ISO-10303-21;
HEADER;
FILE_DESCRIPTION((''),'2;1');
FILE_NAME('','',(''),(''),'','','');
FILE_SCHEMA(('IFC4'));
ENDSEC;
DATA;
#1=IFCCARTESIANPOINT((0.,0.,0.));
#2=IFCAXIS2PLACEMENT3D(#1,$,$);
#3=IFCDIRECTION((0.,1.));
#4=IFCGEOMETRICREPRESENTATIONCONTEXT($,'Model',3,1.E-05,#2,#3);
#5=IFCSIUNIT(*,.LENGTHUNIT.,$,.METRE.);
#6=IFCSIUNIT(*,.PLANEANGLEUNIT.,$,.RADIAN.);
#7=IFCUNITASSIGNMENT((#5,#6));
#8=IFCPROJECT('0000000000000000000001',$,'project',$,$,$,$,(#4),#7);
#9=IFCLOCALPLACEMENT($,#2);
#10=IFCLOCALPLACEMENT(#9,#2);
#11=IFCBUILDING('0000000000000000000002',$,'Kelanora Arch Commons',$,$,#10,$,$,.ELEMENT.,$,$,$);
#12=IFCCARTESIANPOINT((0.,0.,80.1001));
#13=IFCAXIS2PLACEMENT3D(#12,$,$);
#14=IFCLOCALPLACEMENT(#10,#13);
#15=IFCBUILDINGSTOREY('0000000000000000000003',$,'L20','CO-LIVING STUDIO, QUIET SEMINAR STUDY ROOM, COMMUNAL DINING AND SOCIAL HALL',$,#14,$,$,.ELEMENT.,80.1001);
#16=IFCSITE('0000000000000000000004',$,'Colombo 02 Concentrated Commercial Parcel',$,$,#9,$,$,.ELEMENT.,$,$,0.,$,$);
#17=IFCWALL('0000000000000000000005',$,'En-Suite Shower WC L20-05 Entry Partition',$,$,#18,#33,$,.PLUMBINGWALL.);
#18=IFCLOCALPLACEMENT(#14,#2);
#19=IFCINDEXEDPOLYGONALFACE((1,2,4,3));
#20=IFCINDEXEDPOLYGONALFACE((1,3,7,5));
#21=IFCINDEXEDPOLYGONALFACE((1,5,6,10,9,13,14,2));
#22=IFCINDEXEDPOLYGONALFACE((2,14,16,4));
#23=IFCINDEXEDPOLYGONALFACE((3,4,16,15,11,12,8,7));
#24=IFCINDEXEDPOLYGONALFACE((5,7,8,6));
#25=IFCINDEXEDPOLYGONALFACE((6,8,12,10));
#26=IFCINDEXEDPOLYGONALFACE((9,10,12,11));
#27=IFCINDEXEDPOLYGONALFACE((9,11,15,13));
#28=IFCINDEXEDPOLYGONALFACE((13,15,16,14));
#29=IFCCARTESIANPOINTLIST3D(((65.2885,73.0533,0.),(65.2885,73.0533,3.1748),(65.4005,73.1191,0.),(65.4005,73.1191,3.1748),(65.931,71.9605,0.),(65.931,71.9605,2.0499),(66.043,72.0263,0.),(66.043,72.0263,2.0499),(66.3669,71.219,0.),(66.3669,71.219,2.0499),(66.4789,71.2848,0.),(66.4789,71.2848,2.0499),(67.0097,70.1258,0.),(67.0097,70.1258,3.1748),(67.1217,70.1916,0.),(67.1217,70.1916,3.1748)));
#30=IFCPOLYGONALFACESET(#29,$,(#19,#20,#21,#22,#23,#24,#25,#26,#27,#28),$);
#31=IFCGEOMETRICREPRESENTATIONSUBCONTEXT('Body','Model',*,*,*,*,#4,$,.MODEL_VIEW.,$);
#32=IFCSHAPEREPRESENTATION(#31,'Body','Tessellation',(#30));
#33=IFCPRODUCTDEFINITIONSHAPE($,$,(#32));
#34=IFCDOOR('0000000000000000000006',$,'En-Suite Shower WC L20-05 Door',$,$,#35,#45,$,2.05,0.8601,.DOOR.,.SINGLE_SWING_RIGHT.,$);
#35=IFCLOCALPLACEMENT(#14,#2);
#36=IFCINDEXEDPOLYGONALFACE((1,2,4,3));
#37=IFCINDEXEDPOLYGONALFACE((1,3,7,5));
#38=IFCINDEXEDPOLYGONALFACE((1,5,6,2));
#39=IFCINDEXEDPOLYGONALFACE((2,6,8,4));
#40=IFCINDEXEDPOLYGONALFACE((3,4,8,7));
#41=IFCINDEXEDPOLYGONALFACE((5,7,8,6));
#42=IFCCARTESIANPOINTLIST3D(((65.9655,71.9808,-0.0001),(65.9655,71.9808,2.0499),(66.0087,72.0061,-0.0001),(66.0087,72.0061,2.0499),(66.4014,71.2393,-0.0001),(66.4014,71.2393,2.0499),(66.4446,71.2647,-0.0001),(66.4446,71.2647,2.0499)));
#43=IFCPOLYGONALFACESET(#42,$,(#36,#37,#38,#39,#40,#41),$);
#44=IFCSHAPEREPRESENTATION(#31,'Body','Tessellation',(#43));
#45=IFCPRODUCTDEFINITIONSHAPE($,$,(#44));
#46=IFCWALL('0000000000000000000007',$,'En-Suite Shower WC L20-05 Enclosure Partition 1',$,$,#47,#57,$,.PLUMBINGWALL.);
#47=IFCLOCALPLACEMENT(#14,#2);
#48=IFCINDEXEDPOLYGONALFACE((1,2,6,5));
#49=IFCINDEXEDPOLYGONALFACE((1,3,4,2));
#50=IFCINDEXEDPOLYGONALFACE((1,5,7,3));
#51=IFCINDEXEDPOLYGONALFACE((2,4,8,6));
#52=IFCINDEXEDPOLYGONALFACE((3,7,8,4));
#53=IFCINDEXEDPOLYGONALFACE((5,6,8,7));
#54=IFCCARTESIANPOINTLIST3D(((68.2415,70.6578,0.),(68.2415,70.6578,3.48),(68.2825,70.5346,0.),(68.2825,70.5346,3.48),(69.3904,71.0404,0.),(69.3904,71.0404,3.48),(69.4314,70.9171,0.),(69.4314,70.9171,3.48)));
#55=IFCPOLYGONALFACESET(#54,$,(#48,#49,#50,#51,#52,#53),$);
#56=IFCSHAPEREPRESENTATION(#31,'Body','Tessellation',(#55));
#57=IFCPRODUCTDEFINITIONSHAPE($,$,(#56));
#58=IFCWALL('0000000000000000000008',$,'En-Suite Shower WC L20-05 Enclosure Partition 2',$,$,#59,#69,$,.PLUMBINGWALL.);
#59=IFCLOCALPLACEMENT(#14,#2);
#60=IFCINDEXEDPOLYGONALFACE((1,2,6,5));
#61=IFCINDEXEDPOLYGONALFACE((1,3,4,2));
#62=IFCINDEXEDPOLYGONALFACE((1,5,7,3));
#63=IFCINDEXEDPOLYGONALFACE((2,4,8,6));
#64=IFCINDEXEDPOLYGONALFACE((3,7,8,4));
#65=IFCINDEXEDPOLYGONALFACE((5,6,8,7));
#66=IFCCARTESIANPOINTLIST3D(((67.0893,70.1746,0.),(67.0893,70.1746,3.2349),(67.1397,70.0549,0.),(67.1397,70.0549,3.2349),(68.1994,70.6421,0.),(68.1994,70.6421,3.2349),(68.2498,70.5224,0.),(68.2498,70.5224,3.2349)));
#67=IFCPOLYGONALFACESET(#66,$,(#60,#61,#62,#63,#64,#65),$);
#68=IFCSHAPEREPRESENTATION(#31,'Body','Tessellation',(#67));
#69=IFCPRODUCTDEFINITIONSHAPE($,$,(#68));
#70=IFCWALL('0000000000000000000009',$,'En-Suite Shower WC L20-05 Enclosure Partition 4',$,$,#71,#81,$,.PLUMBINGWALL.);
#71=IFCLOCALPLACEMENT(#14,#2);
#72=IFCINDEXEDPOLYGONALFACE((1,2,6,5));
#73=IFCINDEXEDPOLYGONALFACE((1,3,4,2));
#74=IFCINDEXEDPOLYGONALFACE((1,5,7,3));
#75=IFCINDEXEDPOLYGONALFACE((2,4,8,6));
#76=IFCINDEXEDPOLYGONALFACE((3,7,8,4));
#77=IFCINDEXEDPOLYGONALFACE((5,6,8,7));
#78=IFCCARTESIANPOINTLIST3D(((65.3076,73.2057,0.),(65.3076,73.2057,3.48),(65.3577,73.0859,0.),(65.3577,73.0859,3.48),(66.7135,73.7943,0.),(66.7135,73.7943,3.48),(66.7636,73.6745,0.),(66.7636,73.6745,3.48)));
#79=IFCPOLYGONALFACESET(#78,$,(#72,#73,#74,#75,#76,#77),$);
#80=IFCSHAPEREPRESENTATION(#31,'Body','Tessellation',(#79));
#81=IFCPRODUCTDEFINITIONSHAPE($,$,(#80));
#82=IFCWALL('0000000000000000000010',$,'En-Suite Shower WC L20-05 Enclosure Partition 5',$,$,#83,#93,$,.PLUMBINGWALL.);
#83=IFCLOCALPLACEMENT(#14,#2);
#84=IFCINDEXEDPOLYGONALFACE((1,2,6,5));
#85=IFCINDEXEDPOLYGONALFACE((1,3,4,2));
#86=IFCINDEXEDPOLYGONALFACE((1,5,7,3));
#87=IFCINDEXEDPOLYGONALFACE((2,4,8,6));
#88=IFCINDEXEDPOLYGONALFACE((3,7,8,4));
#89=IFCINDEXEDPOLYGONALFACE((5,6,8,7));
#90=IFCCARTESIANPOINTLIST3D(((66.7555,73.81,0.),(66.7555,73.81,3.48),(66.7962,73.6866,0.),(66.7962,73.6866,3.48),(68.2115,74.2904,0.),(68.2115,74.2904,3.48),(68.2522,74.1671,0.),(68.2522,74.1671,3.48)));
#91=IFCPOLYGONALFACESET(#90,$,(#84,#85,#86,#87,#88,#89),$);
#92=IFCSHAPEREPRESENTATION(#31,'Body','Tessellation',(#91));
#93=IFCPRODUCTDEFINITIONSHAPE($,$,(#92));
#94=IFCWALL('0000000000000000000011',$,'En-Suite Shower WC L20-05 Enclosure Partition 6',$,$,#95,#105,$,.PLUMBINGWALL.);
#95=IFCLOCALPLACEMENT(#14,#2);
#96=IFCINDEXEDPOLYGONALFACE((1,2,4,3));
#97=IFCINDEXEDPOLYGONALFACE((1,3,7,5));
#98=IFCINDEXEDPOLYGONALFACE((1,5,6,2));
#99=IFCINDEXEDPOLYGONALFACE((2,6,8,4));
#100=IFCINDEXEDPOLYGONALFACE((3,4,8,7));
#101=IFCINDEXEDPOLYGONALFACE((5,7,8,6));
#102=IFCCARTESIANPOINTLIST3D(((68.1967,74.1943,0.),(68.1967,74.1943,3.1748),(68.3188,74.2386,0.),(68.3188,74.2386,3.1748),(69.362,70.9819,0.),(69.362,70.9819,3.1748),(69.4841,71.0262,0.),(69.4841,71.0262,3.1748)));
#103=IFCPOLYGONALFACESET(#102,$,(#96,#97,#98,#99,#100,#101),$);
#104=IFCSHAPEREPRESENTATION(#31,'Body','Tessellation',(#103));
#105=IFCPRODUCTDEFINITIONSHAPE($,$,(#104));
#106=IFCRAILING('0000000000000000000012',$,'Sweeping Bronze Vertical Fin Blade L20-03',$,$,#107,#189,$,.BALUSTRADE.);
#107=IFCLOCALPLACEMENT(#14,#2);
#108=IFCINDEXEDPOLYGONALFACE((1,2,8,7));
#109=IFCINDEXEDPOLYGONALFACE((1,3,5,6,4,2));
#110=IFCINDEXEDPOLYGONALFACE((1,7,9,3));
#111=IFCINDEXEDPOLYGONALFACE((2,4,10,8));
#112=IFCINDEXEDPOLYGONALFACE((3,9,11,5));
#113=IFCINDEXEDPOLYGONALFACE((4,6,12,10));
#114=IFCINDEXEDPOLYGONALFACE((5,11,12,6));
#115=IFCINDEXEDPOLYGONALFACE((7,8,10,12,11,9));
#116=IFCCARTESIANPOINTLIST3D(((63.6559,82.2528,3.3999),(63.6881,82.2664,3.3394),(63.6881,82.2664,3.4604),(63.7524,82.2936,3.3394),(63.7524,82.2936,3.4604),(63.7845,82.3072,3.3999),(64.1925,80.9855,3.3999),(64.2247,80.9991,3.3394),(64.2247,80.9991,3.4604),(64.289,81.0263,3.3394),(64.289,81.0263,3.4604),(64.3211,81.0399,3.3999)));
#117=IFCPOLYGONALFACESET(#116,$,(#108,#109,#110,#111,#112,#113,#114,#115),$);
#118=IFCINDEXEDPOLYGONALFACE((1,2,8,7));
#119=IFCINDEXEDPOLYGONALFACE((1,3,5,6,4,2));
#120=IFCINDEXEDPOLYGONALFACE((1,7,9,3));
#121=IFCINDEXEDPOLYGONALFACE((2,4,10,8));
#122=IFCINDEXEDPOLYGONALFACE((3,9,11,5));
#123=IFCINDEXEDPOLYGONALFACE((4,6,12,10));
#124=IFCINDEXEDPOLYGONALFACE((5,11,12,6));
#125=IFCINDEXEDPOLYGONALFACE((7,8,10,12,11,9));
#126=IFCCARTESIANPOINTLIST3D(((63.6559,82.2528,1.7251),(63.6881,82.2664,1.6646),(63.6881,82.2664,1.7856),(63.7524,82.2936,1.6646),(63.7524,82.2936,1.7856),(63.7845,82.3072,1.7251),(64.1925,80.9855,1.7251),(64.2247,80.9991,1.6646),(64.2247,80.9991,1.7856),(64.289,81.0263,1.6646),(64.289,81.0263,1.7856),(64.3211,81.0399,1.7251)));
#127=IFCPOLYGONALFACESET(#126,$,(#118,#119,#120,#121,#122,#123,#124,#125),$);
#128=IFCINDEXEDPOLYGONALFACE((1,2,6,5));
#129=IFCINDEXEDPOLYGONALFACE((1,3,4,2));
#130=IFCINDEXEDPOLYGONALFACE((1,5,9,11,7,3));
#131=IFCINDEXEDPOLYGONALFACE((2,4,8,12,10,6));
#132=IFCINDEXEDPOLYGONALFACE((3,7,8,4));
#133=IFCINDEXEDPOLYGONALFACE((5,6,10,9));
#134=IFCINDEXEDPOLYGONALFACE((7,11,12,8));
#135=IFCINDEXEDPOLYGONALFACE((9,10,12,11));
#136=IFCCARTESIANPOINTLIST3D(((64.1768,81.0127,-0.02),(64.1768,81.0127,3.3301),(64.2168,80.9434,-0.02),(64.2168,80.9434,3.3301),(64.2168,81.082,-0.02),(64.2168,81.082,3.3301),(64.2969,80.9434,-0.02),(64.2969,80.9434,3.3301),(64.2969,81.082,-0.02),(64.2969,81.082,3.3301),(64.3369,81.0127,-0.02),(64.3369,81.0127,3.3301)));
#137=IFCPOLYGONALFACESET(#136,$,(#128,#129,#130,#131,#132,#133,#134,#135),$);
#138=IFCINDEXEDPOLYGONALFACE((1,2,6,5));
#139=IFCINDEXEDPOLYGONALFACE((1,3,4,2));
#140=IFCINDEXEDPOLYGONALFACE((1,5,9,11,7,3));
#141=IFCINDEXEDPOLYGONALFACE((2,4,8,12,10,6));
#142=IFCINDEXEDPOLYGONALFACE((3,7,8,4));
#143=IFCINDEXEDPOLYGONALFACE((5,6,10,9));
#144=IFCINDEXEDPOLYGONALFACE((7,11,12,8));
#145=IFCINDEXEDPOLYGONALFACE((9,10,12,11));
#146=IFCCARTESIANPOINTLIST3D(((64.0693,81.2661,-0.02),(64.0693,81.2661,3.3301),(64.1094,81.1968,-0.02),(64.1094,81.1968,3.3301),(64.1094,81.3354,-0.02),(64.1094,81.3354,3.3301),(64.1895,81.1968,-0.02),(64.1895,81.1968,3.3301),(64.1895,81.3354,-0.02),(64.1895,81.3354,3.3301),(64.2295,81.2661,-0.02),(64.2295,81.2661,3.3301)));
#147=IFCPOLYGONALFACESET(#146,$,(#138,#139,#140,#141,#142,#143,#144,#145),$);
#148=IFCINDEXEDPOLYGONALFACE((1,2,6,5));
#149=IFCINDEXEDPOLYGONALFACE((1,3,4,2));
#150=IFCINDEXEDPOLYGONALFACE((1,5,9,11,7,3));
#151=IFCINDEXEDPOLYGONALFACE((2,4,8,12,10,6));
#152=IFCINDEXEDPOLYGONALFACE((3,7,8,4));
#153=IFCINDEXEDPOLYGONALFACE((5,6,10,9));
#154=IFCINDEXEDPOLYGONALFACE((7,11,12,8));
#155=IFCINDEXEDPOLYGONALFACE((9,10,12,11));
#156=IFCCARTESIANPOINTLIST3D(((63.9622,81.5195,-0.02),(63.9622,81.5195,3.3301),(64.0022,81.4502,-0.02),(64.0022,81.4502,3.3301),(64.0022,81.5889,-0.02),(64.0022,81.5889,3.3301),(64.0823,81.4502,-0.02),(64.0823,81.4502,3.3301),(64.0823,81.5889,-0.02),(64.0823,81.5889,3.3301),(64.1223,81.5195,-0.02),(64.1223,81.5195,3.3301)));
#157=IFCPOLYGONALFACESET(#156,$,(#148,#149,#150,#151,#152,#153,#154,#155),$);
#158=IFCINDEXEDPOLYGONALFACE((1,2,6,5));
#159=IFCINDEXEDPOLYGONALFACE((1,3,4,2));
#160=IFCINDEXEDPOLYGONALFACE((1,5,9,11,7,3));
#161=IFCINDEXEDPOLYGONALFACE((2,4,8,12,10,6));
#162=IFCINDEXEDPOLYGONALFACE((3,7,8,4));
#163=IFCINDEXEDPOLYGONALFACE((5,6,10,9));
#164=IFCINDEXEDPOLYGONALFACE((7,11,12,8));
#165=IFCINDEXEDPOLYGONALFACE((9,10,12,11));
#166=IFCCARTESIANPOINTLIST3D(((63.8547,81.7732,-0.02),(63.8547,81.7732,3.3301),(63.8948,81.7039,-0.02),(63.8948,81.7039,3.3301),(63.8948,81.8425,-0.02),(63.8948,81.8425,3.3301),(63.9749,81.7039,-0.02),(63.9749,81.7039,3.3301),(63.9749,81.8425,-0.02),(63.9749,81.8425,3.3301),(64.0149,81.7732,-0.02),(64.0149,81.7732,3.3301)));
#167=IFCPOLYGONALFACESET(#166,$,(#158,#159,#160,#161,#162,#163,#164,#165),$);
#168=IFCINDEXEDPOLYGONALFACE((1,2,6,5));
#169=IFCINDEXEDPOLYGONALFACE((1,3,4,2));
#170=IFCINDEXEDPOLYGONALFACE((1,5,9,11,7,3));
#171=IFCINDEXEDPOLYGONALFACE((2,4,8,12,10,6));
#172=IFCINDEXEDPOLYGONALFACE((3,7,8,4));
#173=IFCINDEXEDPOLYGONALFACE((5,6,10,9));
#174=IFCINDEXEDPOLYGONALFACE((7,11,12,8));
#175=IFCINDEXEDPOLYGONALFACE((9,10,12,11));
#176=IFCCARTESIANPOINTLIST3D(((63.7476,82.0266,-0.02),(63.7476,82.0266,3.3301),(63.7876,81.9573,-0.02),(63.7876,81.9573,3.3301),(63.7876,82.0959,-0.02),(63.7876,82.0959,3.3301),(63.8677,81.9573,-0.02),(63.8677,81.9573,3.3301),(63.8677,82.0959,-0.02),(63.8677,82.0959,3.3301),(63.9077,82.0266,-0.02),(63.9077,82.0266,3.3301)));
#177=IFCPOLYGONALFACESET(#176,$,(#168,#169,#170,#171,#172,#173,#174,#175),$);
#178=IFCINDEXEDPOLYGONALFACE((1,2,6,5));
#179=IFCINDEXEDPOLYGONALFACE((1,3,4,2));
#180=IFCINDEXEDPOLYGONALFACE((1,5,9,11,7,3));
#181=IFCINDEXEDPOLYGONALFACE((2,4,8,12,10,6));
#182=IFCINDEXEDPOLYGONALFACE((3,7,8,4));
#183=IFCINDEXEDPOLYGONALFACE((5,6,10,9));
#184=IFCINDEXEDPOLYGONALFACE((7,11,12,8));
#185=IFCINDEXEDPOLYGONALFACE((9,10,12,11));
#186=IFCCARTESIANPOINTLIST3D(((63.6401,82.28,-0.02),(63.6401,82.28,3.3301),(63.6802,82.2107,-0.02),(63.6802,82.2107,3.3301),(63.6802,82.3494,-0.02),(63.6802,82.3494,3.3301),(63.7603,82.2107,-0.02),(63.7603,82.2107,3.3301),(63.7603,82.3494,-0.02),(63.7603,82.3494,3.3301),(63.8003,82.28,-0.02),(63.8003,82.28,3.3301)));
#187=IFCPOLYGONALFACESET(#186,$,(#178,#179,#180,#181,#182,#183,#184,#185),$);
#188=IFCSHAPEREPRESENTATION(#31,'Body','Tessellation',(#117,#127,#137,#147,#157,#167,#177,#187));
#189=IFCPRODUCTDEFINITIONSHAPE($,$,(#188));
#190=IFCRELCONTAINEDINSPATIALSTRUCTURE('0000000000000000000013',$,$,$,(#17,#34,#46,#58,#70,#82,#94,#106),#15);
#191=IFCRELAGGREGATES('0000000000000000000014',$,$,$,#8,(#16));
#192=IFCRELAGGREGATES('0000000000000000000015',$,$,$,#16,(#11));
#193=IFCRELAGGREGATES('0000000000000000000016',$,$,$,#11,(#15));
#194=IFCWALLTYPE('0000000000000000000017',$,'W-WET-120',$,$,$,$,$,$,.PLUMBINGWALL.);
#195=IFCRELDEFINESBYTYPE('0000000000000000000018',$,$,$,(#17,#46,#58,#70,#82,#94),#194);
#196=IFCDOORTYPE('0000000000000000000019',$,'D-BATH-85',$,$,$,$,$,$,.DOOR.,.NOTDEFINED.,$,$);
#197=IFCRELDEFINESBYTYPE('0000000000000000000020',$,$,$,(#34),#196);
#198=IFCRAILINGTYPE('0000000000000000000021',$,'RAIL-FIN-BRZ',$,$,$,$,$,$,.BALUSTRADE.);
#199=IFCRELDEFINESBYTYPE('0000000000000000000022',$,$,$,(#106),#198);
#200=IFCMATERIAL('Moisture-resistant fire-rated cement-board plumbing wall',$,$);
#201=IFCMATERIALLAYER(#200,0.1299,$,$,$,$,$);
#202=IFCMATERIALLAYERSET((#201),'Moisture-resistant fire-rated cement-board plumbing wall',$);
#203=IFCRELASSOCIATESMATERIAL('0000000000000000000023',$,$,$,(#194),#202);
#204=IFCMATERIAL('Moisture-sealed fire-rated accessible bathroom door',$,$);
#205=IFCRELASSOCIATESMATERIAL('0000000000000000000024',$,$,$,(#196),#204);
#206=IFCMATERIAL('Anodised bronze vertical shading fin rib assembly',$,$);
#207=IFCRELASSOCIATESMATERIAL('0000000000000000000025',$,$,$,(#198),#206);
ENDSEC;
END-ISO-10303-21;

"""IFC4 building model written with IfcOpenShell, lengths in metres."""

from ifc_helpers import new_model, si_unit, direction, frame, frame_2d, origin, place, context, subcontext, project, spatial, polyline, rectangle, outline, extrude, material, layer, layer_set, type_object, element, fill, save


model = new_model("IFC4")

# Units and contexts
model_context = context("Model", 3, precision=1e-05, world=origin(), true_north=direction((0.0, 1.0)))
body_context = subcontext(model_context, "Body", "Model", "MODEL_VIEW")
ifc_project = project(units=[si_unit("LENGTHUNIT", "METRE"), si_unit("PLANEANGLEUNIT", "RADIAN")], contexts=[model_context])

# Site, building, storey
site_placement = place(None, origin())
site = spatial("IfcSite", under=ifc_project, at=site_placement, Name="Colombo 02 Concentrated Commercial Parcel", CompositionType="ELEMENT", RefElevation=0.0)
building_placement = place(site_placement, origin())
building = spatial("IfcBuilding", under=site, at=building_placement, Name="Kelanora Arch Commons", CompositionType="ELEMENT")
storey_placement = place(building_placement, frame((0.0, 0.0, 80.1001)))
storey = spatial("IfcBuildingStorey", under=building, at=storey_placement, Name="L20", Description="CO-LIVING STUDIO, QUIET SEMINAR STUDY ROOM, COMMUNAL DINING AND SOCIAL HALL", CompositionType="ELEMENT", Elevation=80.1001)

# Wall, opening, door
ifc_material_1 = material(Name="Moisture-resistant fire-rated cement-board plumbing wall")
ifc_layer_1 = layer(ifc_material_1, 0.1299)
ifc_layer_set_1 = layer_set([ifc_layer_1], Name="Moisture-resistant fire-rated cement-board plumbing wall")
wall_type_1 = type_object("IfcWallType", Name="W-WET-120", PredefinedType="PLUMBINGWALL", material=ifc_layer_set_1)
wall_1_placement = place(storey_placement, frame((67.0657, 70.1587, 0.0), z_axis=(0.0, 0.0, 1.0), x_axis=(-0.506832, 0.862045, 0.0)))
wall_1 = element("IfcWall", 1, at=wall_1_placement, inside=storey, type_object=wall_type_1, Name="En-Suite Shower WC L20-05 Entry Partition", PredefinedType="PLUMBINGWALL", context=body_context, shape_type="SweptSolid", body=[
    extrude(rectangle(XDim=3.396, YDim=0.1299, at=frame_2d((1.698, 0.0))), origin(), (0.0, 0.0, 1.0), 3.1748),
])
opening_1_placement = place(wall_1_placement, frame((1.2681, 0.0, 0.0)))
opening_1 = element("IfcOpeningElement", 2, at=opening_1_placement, cuts=wall_1, PredefinedType="OPENING", context=body_context, shape_type="SweptSolid", body=[
    extrude(rectangle(XDim=0.8601, YDim=2.05, at=frame_2d((0.4302, 1.0249))), frame((0.0, 0.075, 0.0), z_axis=(0.0, -1.0, 0.0), x_axis=(1.0, 0.0, 0.0)), (0.0, 0.0, 1.0), 0.1499),
])
ifc_material_2 = material(Name="Moisture-sealed fire-rated accessible bathroom door")
door_type_1 = type_object("IfcDoorType", Name="D-BATH-85", OperationType="NOTDEFINED", PredefinedType="DOOR", material=ifc_material_2)
door_1_placement = place(opening_1_placement, origin())
door_1 = element("IfcDoor", 3, at=door_1_placement, inside=storey, type_object=door_type_1, Name="En-Suite Shower WC L20-05 Door", OperationType="SINGLE_SWING_RIGHT", OverallHeight=2.05, OverallWidth=0.8601, PredefinedType="DOOR", context=body_context, shape_type="SweptSolid", body=[
    extrude(rectangle(XDim=0.8601, YDim=2.05, at=frame_2d((0.4302, 1.0249))), frame((0.0, 0.0249, 0.0), z_axis=(0.0, -1.0, 0.0), x_axis=(1.0, 0.0, 0.0)), (0.0, 0.0, 1.0), 0.05),
])
fill(opening_1, door_1)

# Walls
wall_2_placement = place(storey_placement, frame((69.4109, 70.9788, 0.0), z_axis=(0.0, 0.0, 1.0), x_axis=(-0.948784, -0.315925, 0.0)))
element("IfcWall", 4, at=wall_2_placement, inside=storey, type_object=wall_type_1, Name="En-Suite Shower WC L20-05 Enclosure Partition 1", PredefinedType="PLUMBINGWALL", context=body_context, shape_type="SweptSolid", body=[
    extrude(rectangle(XDim=1.2109, YDim=0.1299, at=frame_2d((0.6055, 0.0))), origin(), (0.0, 0.0, 1.0), 3.48),
])
wall_3_placement = place(storey_placement, frame((68.2246, 70.5823, 0.0), z_axis=(0.0, 0.0, 1.0), x_axis=(-0.921601, -0.388139, 0.0)))
element("IfcWall", 5, at=wall_3_placement, inside=storey, type_object=wall_type_1, Name="En-Suite Shower WC L20-05 Enclosure Partition 2", PredefinedType="PLUMBINGWALL", context=body_context, shape_type="SweptSolid", body=[
    extrude(rectangle(XDim=1.2046, YDim=0.1299, at=frame_2d((0.6023, 0.0))), origin(), (0.0, 0.0, 1.0), 3.2349),
])
wall_4_placement = place(storey_placement, frame((65.3325, 73.1458, 0.0), z_axis=(0.0, 0.0, 1.0), x_axis=(0.922426, 0.386173, 0.0)))
element("IfcWall", 6, at=wall_4_placement, inside=storey, type_object=wall_type_1, Name="En-Suite Shower WC L20-05 Enclosure Partition 4", PredefinedType="PLUMBINGWALL", context=body_context, shape_type="SweptSolid", body=[
    extrude(rectangle(XDim=1.5242, YDim=0.1299, at=frame_2d((0.7622, 0.0))), origin(), (0.0, 0.0, 1.0), 3.48),
])
wall_5_placement = place(storey_placement, frame((66.7759, 73.7483, 0.0), z_axis=(0.0, 0.0, 1.0), x_axis=(0.949634, 0.31336, 0.0)))
element("IfcWall", 7, at=wall_5_placement, inside=storey, type_object=wall_type_1, Name="En-Suite Shower WC L20-05 Enclosure Partition 5", PredefinedType="PLUMBINGWALL", context=body_context, shape_type="SweptSolid", body=[
    extrude(rectangle(XDim=1.5332, YDim=0.1299, at=frame_2d((0.7666, 0.0))), origin(), (0.0, 0.0, 1.0), 3.48),
])
wall_6_placement = place(storey_placement, frame((68.2578, 74.2163, 0.0), z_axis=(0.0, 0.0, 1.0), x_axis=(0.341003, -0.940062, 0.0)))
element("IfcWall", 8, at=wall_6_placement, inside=storey, type_object=wall_type_1, Name="En-Suite Shower WC L20-05 Enclosure Partition 6", PredefinedType="PLUMBINGWALL", context=body_context, shape_type="SweptSolid", body=[
    extrude(rectangle(XDim=3.4172, YDim=0.1299, at=frame_2d((1.7085, 0.0))), origin(), (0.0, 0.0, 1.0), 3.1748),
])

# Railing
ifc_material_3 = material(Name="Anodised bronze vertical shading fin rib assembly")
railing_type = type_object("IfcRailingType", Name="RAIL-FIN-BRZ", PredefinedType="BALUSTRADE", material=ifc_material_3)
railing_placement = place(storey_placement, frame((64.2568, 81.0127, -0.02)))
element("IfcRailing", 9, at=railing_placement, inside=storey, type_object=railing_type, Name="Sweeping Bronze Vertical Fin Blade L20-03", PredefinedType="BALUSTRADE", context=body_context, shape_type="SweptSolid", body=[
    extrude(outline(polyline([(0.0698, 0.0), (0.0349, 0.0605), (-0.0349, 0.0605), (-0.0698, 0.0), (-0.0349, -0.0605), (0.0349, -0.0605), (0.0698, 0.0)])), frame((0.0, 0.0, 3.4199), z_axis=(-0.389912, 0.920852, 0.0), x_axis=(-0.920852, -0.389912, 0.0)), (0.0, 0.0, 1.0), 1.3762),
    extrude(outline(polyline([(0.0698, 0.0), (0.0349, 0.0605), (-0.0349, 0.0605), (-0.0698, 0.0), (-0.0349, -0.0605), (0.0349, -0.0605), (0.0698, 0.0)])), frame((0.0, 0.0, 1.7451), z_axis=(-0.389912, 0.920852, 0.0), x_axis=(-0.920852, -0.389912, 0.0)), (0.0, 0.0, 1.0), 1.3762),
    extrude(outline(polyline([(0.0801, 0.0), (0.04, 0.0693), (-0.04, 0.0693), (-0.0801, 0.0), (-0.04, -0.0693), (0.04, -0.0693), (0.0801, 0.0)])), origin(), (0.0, 0.0, 1.0), 3.3501),
    extrude(outline(polyline([(0.0801, 0.0), (0.04, 0.0693), (-0.04, 0.0693), (-0.0801, 0.0), (-0.04, -0.0693), (0.04, -0.0693), (0.0801, 0.0)])), frame((-0.1074, 0.2534, 0.0)), (0.0, 0.0, 1.0), 3.3501),
    extrude(outline(polyline([(0.0801, 0.0), (0.04, 0.0693), (-0.04, 0.0693), (-0.0801, 0.0), (-0.04, -0.0693), (0.04, -0.0693), (0.0801, 0.0)])), frame((-0.2146, 0.5068, 0.0)), (0.0, 0.0, 1.0), 3.3501),
    extrude(outline(polyline([(0.0801, 0.0), (0.04, 0.0693), (-0.04, 0.0693), (-0.0801, 0.0), (-0.04, -0.0693), (0.04, -0.0693), (0.0801, 0.0)])), frame((-0.322, 0.7605, 0.0)), (0.0, 0.0, 1.0), 3.3501),
    extrude(outline(polyline([(0.0801, 0.0), (0.04, 0.0693), (-0.04, 0.0693), (-0.0801, 0.0), (-0.04, -0.0693), (0.04, -0.0693), (0.0801, 0.0)])), frame((-0.4292, 1.0139, 0.0)), (0.0, 0.0, 1.0), 3.3501),
    extrude(outline(polyline([(0.0801, 0.0), (0.04, 0.0693), (-0.04, 0.0693), (-0.0801, 0.0), (-0.04, -0.0693), (0.04, -0.0693), (0.0801, 0.0)])), frame((-0.5366, 1.2673, 0.0)), (0.0, 0.0, 1.0), 3.3501),
])

save(model, "model.ifc")
